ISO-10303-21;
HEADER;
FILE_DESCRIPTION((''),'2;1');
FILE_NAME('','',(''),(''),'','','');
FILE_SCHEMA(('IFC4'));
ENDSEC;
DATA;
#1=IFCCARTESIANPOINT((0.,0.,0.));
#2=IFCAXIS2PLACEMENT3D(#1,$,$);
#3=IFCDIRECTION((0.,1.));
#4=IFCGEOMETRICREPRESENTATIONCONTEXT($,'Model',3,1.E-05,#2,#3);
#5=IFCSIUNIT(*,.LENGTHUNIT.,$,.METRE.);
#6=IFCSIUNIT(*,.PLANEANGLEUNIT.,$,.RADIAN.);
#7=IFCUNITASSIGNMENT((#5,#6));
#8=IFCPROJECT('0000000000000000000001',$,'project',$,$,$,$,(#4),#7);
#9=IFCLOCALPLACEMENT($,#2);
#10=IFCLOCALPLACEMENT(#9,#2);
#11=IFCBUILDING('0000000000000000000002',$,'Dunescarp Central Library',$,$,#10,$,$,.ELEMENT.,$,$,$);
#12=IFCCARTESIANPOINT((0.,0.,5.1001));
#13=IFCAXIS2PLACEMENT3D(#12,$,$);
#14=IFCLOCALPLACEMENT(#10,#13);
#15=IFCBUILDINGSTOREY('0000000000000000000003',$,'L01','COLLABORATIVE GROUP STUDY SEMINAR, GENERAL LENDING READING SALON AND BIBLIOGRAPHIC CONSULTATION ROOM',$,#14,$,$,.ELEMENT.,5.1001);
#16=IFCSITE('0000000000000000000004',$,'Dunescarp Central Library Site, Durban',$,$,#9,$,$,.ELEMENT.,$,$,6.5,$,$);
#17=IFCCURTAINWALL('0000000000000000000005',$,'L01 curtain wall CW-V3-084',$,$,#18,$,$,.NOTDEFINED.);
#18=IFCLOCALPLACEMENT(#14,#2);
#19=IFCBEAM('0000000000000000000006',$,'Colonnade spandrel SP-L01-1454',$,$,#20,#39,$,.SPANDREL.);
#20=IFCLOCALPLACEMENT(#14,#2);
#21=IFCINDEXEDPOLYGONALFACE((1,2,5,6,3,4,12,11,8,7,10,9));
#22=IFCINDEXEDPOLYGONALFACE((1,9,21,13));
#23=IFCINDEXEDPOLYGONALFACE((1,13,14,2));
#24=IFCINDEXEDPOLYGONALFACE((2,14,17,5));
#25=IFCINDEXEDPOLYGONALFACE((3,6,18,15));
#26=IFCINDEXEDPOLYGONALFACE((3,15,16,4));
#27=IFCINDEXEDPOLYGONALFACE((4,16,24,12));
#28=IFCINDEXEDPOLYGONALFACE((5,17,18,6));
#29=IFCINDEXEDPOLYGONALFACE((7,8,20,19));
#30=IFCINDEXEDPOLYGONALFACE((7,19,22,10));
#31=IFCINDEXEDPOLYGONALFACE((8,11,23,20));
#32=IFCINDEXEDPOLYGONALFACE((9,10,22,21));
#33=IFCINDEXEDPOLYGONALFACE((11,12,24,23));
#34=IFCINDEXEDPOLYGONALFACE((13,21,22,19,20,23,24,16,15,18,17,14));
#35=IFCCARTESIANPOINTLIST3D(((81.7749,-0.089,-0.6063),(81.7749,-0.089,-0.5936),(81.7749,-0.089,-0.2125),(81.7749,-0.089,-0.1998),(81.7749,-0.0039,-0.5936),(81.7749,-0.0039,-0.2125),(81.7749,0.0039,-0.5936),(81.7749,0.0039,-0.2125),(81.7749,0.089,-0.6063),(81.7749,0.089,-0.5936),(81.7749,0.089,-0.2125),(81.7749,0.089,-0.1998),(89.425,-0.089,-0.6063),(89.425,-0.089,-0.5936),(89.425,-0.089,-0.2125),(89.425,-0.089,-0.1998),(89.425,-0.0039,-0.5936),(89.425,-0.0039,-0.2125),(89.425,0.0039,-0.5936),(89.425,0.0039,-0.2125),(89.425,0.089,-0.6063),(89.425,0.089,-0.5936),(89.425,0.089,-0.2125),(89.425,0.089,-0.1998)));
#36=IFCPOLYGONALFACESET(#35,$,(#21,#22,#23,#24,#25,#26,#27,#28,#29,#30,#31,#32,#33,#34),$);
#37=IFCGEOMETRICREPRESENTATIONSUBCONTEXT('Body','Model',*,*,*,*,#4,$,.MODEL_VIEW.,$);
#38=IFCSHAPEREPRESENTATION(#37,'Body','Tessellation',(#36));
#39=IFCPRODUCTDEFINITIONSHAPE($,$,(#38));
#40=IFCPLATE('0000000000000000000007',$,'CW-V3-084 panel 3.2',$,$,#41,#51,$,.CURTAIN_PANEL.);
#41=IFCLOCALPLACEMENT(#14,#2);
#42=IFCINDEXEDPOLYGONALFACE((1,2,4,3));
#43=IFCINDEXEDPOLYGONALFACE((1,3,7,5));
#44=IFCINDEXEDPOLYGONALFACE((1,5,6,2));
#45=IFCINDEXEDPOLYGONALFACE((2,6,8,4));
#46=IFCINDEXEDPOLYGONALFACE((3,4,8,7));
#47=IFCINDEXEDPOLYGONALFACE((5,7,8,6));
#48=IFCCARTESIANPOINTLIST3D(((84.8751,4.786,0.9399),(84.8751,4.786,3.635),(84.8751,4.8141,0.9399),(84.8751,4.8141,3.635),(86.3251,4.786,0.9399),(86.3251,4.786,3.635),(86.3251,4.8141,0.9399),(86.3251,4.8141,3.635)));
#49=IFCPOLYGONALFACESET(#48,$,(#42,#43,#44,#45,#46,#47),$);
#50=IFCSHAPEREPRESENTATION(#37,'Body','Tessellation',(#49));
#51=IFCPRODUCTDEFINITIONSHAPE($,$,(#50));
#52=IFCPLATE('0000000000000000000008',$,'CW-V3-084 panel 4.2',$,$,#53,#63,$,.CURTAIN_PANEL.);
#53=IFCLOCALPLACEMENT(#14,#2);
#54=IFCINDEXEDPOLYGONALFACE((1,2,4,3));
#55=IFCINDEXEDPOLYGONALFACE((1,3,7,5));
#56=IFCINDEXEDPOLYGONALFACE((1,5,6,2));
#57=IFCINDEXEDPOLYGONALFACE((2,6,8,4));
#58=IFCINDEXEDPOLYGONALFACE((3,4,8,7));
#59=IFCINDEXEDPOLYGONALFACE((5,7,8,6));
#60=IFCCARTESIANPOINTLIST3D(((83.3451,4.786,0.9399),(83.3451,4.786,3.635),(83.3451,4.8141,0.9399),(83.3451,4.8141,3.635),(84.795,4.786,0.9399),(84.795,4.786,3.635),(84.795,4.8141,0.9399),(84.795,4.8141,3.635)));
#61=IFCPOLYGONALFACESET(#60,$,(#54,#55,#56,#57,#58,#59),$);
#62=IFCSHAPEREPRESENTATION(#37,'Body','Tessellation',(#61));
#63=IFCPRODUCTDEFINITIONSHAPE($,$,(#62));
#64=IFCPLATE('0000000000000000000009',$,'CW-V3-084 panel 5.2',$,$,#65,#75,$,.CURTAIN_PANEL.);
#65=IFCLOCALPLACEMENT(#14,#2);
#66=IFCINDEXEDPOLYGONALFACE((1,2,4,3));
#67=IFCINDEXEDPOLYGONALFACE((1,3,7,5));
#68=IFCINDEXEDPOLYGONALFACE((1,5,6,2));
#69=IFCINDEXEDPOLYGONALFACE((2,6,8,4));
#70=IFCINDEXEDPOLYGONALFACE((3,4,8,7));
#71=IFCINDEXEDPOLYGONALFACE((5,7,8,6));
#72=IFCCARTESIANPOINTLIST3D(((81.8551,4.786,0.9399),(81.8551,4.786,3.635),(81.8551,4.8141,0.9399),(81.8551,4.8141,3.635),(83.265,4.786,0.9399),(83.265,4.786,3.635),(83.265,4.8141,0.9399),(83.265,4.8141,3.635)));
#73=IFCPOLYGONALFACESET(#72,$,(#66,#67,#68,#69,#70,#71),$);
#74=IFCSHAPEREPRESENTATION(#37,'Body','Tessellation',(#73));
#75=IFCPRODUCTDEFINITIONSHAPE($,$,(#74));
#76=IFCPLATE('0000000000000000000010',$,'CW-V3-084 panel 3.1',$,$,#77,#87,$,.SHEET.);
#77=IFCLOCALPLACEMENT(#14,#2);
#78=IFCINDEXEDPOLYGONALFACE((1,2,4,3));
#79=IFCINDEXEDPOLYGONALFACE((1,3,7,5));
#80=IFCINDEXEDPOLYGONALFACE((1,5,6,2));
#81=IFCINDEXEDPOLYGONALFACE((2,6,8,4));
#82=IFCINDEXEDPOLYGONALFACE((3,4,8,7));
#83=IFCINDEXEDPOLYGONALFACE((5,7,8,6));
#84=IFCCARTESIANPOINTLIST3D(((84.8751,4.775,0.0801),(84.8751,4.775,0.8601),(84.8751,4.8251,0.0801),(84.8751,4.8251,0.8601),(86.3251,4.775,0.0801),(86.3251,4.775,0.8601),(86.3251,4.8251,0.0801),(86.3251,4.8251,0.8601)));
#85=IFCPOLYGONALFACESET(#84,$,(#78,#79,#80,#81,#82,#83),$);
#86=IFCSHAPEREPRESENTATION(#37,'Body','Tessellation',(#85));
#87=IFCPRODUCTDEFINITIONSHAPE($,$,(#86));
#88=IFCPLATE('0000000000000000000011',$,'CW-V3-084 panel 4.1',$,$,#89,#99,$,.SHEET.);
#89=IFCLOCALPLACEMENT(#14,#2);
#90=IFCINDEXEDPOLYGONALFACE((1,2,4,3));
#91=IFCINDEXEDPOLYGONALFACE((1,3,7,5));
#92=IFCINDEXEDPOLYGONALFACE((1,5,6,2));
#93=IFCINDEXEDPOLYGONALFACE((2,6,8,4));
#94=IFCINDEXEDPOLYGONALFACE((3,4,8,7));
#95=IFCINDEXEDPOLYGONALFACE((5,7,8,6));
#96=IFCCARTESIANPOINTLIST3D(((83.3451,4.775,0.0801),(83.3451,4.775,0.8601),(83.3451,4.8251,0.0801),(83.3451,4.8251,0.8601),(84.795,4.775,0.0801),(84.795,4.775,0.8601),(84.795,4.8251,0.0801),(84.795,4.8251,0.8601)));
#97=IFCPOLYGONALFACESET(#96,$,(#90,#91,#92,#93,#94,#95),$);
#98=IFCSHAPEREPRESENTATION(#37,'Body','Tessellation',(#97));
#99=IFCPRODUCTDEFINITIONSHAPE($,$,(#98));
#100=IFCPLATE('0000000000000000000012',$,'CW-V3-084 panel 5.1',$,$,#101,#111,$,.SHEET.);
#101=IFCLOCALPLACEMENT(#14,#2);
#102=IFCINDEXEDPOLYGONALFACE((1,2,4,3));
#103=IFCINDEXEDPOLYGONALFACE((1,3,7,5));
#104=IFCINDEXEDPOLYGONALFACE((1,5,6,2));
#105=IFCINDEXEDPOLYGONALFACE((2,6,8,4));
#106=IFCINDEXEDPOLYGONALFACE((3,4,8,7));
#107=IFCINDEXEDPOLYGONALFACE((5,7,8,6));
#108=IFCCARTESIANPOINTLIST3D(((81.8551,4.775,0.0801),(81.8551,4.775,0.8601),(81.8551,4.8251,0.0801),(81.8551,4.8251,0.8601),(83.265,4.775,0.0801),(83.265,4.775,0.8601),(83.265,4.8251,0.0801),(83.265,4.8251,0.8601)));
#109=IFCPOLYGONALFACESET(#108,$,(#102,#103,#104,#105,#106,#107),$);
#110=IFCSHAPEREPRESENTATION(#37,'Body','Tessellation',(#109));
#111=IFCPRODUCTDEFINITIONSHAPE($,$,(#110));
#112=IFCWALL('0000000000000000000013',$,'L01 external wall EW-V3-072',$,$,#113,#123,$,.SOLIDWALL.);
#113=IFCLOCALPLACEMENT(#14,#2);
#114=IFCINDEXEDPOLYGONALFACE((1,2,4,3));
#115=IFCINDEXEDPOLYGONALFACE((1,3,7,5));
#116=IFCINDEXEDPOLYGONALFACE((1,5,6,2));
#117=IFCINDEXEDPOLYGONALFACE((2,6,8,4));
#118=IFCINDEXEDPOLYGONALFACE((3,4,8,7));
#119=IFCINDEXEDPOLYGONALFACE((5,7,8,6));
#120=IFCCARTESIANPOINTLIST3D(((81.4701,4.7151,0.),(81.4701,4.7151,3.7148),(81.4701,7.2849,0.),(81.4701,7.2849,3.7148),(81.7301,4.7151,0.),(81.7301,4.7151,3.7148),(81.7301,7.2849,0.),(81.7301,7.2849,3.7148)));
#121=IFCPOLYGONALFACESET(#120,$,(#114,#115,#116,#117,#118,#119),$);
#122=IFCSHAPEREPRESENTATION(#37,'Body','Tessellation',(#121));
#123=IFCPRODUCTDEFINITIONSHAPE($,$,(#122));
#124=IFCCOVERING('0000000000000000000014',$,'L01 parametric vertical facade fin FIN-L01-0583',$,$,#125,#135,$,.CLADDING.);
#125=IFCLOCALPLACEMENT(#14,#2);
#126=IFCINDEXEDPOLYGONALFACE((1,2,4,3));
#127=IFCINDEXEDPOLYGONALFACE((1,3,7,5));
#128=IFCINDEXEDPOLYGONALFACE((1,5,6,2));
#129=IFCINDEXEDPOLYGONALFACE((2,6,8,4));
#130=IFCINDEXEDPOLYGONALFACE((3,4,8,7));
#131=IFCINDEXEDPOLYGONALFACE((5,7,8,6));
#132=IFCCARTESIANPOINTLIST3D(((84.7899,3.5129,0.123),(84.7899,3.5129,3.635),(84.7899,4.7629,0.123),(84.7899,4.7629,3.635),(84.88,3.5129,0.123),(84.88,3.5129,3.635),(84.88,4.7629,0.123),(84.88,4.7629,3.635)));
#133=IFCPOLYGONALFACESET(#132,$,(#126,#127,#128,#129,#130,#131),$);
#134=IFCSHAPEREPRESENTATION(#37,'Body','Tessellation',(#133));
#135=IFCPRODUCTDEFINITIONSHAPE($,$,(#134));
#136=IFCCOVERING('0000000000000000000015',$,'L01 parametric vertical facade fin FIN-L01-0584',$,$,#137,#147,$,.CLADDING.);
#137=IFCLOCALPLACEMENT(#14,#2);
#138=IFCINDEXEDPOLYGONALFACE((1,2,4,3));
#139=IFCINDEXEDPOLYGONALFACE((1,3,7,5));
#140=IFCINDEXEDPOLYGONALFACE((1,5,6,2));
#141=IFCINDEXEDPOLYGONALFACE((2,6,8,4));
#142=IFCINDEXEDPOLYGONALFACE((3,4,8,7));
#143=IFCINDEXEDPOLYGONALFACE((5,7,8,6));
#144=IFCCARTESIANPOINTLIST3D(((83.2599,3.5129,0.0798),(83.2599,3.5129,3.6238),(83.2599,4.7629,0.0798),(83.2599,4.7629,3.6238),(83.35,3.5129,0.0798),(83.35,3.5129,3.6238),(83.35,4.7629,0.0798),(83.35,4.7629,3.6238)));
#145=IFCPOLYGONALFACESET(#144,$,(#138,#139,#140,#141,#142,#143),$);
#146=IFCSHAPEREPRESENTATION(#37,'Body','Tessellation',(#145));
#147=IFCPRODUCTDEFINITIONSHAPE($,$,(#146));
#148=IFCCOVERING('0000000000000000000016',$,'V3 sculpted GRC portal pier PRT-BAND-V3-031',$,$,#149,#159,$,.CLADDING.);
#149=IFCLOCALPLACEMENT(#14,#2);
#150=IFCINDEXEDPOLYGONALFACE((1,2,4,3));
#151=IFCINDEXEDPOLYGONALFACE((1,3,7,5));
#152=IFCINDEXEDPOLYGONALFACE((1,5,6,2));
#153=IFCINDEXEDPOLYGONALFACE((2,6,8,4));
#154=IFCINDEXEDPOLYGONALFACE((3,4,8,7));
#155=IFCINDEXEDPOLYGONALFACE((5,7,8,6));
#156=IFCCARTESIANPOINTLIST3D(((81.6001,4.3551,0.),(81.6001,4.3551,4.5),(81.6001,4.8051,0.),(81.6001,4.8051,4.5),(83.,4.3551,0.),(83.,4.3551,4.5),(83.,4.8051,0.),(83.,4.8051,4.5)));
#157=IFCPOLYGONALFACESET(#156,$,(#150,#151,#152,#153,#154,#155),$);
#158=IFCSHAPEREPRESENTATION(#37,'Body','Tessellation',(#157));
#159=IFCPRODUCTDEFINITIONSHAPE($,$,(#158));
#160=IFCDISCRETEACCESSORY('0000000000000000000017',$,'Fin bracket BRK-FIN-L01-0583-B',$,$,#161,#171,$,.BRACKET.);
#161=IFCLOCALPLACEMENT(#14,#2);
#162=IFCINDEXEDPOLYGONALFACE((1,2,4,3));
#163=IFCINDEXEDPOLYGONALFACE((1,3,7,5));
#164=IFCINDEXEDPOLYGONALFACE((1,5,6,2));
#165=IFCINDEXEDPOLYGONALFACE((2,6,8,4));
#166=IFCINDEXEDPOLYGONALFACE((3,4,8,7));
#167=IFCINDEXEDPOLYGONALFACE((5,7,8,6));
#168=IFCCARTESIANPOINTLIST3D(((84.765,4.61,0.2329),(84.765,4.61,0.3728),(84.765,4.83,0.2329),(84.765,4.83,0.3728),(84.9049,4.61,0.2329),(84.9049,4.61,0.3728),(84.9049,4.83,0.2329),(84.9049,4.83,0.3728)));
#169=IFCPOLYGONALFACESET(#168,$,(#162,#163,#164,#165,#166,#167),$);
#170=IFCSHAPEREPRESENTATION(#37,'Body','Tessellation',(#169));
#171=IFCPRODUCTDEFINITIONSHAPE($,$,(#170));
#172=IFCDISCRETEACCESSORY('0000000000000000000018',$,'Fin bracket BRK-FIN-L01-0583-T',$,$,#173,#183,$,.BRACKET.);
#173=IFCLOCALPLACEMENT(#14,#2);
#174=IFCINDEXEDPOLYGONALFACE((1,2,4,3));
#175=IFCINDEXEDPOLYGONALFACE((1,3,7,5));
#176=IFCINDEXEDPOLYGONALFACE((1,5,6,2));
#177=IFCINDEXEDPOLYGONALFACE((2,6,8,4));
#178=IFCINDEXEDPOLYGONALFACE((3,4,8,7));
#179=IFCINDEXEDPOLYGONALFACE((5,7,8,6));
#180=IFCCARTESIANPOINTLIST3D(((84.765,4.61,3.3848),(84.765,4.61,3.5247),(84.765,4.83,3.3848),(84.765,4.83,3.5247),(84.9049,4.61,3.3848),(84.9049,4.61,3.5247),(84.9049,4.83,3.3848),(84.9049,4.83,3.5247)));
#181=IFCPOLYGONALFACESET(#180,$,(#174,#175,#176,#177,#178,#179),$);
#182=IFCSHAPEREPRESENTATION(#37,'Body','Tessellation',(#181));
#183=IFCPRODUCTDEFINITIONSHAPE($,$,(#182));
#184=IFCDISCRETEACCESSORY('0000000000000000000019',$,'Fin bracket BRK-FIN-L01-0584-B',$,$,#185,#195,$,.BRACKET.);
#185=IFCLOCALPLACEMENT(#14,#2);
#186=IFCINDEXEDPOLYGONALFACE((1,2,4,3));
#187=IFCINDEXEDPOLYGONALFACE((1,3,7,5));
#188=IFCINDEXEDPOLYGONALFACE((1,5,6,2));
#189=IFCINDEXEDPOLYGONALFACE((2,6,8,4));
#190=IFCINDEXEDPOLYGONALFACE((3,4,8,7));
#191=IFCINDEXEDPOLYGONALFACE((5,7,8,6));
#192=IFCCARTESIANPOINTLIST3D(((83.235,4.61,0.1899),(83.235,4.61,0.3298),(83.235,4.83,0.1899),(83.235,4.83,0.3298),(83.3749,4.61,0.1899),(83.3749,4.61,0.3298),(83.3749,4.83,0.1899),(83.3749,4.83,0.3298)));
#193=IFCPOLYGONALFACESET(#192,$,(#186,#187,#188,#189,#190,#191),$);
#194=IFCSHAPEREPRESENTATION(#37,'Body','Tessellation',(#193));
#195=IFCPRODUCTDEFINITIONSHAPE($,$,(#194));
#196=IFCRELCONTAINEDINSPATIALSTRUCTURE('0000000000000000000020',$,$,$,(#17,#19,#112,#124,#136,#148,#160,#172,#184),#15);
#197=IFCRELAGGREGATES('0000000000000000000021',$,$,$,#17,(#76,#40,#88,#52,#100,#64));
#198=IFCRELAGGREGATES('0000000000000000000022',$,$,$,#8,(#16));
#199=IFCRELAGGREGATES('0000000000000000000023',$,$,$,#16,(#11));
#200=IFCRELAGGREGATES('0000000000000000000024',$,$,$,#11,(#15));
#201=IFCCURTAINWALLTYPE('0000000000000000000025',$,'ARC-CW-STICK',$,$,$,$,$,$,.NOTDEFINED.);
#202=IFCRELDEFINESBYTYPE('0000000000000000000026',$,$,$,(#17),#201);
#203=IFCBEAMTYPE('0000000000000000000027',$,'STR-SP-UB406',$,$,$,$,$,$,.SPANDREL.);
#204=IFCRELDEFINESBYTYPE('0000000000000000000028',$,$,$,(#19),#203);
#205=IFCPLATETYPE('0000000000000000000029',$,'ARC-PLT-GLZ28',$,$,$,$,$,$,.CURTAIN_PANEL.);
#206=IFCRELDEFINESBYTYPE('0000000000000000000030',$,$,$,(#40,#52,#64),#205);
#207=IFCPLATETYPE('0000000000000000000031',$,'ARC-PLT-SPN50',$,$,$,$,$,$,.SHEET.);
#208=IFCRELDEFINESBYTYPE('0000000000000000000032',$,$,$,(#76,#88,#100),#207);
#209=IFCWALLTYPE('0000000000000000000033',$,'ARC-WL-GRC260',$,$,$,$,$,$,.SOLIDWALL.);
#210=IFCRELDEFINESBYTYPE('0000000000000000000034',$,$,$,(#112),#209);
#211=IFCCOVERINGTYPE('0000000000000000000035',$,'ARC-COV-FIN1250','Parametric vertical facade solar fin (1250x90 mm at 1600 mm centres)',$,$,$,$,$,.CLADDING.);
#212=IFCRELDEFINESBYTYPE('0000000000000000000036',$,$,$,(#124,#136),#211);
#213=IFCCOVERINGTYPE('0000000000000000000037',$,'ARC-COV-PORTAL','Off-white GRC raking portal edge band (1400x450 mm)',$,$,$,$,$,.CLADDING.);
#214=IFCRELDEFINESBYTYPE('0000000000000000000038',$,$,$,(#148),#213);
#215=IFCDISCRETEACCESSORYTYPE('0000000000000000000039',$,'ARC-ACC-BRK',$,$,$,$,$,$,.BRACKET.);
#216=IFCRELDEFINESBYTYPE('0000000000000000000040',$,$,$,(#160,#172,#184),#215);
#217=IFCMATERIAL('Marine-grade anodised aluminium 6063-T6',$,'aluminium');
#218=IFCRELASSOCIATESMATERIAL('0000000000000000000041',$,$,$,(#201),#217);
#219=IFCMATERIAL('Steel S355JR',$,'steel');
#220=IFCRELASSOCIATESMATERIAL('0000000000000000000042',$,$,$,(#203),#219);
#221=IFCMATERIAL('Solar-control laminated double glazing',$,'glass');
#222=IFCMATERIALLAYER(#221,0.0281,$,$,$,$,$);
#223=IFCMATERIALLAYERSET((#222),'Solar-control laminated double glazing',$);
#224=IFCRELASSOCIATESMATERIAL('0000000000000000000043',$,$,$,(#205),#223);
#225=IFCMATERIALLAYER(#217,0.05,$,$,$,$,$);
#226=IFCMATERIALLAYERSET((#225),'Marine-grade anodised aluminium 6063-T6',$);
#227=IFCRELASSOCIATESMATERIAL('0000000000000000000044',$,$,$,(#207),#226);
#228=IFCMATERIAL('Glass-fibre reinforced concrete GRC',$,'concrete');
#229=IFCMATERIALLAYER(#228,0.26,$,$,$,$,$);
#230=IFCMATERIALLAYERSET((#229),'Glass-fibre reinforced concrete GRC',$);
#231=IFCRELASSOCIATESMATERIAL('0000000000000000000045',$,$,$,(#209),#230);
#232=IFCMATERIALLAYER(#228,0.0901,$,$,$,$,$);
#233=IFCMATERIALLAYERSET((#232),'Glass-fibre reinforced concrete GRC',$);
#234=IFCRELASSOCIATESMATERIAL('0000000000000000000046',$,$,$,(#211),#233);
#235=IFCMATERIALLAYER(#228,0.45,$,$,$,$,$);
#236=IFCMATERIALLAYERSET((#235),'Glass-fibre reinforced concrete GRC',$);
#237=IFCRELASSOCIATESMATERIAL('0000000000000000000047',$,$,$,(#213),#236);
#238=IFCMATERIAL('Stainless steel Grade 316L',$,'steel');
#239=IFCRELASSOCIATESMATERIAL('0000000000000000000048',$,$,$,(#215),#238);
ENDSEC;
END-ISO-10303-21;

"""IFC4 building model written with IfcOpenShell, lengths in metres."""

from ifc_helpers import new_model, si_unit, direction, frame, frame_2d, origin, origin_2d, place, context, subcontext, project, spatial, rectangle, i_section, extrude, material, layer, layer_set, material_profile, profile_set, type_object, element, aggregate, save


model = new_model("IFC4")

# Units and contexts
model_context = context("Model", 3, precision=1e-05, world=origin(), true_north=direction((0.0, 1.0)))
body_context = subcontext(model_context, "Body", "Model", "MODEL_VIEW")
ifc_project = project(units=[si_unit("LENGTHUNIT", "METRE"), si_unit("PLANEANGLEUNIT", "RADIAN")], contexts=[model_context])

# Site, building, storey
site_placement = place(None, origin())
site = spatial("IfcSite", under=ifc_project, at=site_placement, Name="Dunescarp Central Library Site, Durban", CompositionType="ELEMENT", RefElevation=6.5)
building_placement = place(site_placement, origin())
building = spatial("IfcBuilding", under=site, at=building_placement, Name="Dunescarp Central Library", CompositionType="ELEMENT")
storey_placement = place(building_placement, frame((0.0, 0.0, 5.1001)))
storey = spatial("IfcBuildingStorey", under=building, at=storey_placement, Name="L01", Description="COLLABORATIVE GROUP STUDY SEMINAR, GENERAL LENDING READING SALON AND BIBLIOGRAPHIC CONSULTATION ROOM", CompositionType="ELEMENT", Elevation=5.1001)

# Shared definitions
ifc_material_1 = material(Name="Steel S355JR", Category="steel")

# Curtain wall
ifc_material_2 = material(Name="Marine-grade anodised aluminium 6063-T6", Category="aluminium")
curtain_wall_type = type_object("IfcCurtainWallType", Name="ARC-CW-STICK", PredefinedType="NOTDEFINED", material=ifc_material_2)
curtain_wall_placement = place(storey_placement, origin())
curtain_wall = element("IfcCurtainWall", 1, at=curtain_wall_placement, inside=storey, type_object=curtain_wall_type, Name="L01 curtain wall CW-V3-084", PredefinedType="NOTDEFINED")

# Beam
ifc_material_profile_1 = material_profile(ifc_material_1, i_section(OverallWidth=0.178, OverallDepth=0.4065, WebThickness=0.0078, FlangeThickness=0.0127, at=origin_2d()), Name="UB 406x178x60")
ifc_profile_set_1 = profile_set([ifc_material_profile_1], Name="Steel S355JR")
beam_type_1 = type_object("IfcBeamType", Name="STR-SP-UB406", PredefinedType="SPANDREL", material=ifc_profile_set_1)
beam_1_placement = place(storey_placement, frame((81.7749, 0.0, -0.4031), z_axis=(1.0, 0.0, 0.0), x_axis=(0.0, 1.0, 0.0)))
element("IfcBeam", 2, at=beam_1_placement, inside=storey, type_object=beam_type_1, Name="Colonnade spandrel SP-L01-1454", PredefinedType="SPANDREL", context=body_context, shape_type="SweptSolid", body=[
    extrude(i_section(OverallWidth=0.178, OverallDepth=0.4065, WebThickness=0.0078, FlangeThickness=0.0127, at=origin_2d()), origin(), (0.0, 0.0, 1.0), 7.6501),
])

# Plates
ifc_material_3 = material(Name="Solar-control laminated double glazing", Category="glass")
ifc_layer_1 = layer(ifc_material_3, 0.0281)
ifc_layer_set_1 = layer_set([ifc_layer_1], Name="Solar-control laminated double glazing")
plate_type_1 = type_object("IfcPlateType", Name="ARC-PLT-GLZ28", PredefinedType="CURTAIN_PANEL", material=ifc_layer_set_1)
plate_1_placement = place(storey_placement, frame((85.6001, 4.8, 0.9399), z_axis=(0.0, 0.0, 1.0), x_axis=(-1.0, 0.0, 0.0)))
plate_1 = element("IfcPlate", 3, at=plate_1_placement, type_object=plate_type_1, Name="CW-V3-084 panel 3.2", PredefinedType="CURTAIN_PANEL", context=body_context, shape_type="SweptSolid", body=[
    extrude(rectangle(XDim=1.45, YDim=0.0281, at=origin_2d()), origin(), (0.0, 0.0, 1.0), 2.6951),
])
plate_2_placement = place(storey_placement, frame((84.0701, 4.8, 0.9399), z_axis=(0.0, 0.0, 1.0), x_axis=(-1.0, 0.0, 0.0)))
plate_2 = element("IfcPlate", 4, at=plate_2_placement, type_object=plate_type_1, Name="CW-V3-084 panel 4.2", PredefinedType="CURTAIN_PANEL", context=body_context, shape_type="SweptSolid", body=[
    extrude(rectangle(XDim=1.45, YDim=0.0281, at=origin_2d()), origin(), (0.0, 0.0, 1.0), 2.6951),
])
plate_3_placement = place(storey_placement, frame((82.5601, 4.8, 0.9399), z_axis=(0.0, 0.0, 1.0), x_axis=(-1.0, 0.0, 0.0)))
plate_3 = element("IfcPlate", 5, at=plate_3_placement, type_object=plate_type_1, Name="CW-V3-084 panel 5.2", PredefinedType="CURTAIN_PANEL", context=body_context, shape_type="SweptSolid", body=[
    extrude(rectangle(XDim=1.4099, YDim=0.0281, at=origin_2d()), origin(), (0.0, 0.0, 1.0), 2.6951),
])
ifc_layer_2 = layer(ifc_material_2, 0.05)
ifc_layer_set_2 = layer_set([ifc_layer_2], Name="Marine-grade anodised aluminium 6063-T6")
plate_type_2 = type_object("IfcPlateType", Name="ARC-PLT-SPN50", PredefinedType="SHEET", material=ifc_layer_set_2)
plate_4_placement = place(storey_placement, frame((85.6001, 4.8, 0.0801), z_axis=(0.0, 0.0, 1.0), x_axis=(-1.0, 0.0, 0.0)))
plate_4 = element("IfcPlate", 6, at=plate_4_placement, type_object=plate_type_2, Name="CW-V3-084 panel 3.1", PredefinedType="SHEET", context=body_context, shape_type="SweptSolid", body=[
    extrude(rectangle(XDim=1.45, YDim=0.05, at=origin_2d()), origin(), (0.0, 0.0, 1.0), 0.78),
])
plate_5_placement = place(storey_placement, frame((84.0701, 4.8, 0.0801), z_axis=(0.0, 0.0, 1.0), x_axis=(-1.0, 0.0, 0.0)))
plate_5 = element("IfcPlate", 7, at=plate_5_placement, type_object=plate_type_2, Name="CW-V3-084 panel 4.1", PredefinedType="SHEET", context=body_context, shape_type="SweptSolid", body=[
    extrude(rectangle(XDim=1.45, YDim=0.05, at=origin_2d()), origin(), (0.0, 0.0, 1.0), 0.78),
])
plate_6_placement = place(storey_placement, frame((82.5601, 4.8, 0.0801), z_axis=(0.0, 0.0, 1.0), x_axis=(-1.0, 0.0, 0.0)))
plate_6 = element("IfcPlate", 8, at=plate_6_placement, type_object=plate_type_2, Name="CW-V3-084 panel 5.1", PredefinedType="SHEET", context=body_context, shape_type="SweptSolid", body=[
    extrude(rectangle(XDim=1.4099, YDim=0.05, at=origin_2d()), origin(), (0.0, 0.0, 1.0), 0.78),
])
aggregate(curtain_wall, [plate_4, plate_1, plate_5, plate_2, plate_6, plate_3])

# Wall
ifc_material_4 = material(Name="Glass-fibre reinforced concrete GRC", Category="concrete")
ifc_layer_3 = layer(ifc_material_4, 0.26)
ifc_layer_set_3 = layer_set([ifc_layer_3], Name="Glass-fibre reinforced concrete GRC")
wall_type = type_object("IfcWallType", Name="ARC-WL-GRC260", PredefinedType="SOLIDWALL", material=ifc_layer_set_3)
wall_placement = place(storey_placement, frame((81.6001, 4.7151, 0.0), z_axis=(0.0, 0.0, 1.0), x_axis=(0.0, 1.0, 0.0)))
element("IfcWall", 9, at=wall_placement, inside=storey, type_object=wall_type, Name="L01 external wall EW-V3-072", PredefinedType="SOLIDWALL", context=body_context, shape_type="SweptSolid", body=[
    extrude(rectangle(XDim=2.5698, YDim=0.26, at=frame_2d((1.2849, 0.0))), origin(), (0.0, 0.0, 1.0), 3.7148),
])

# Coverings
ifc_layer_4 = layer(ifc_material_4, 0.0901)
ifc_layer_set_4 = layer_set([ifc_layer_4], Name="Glass-fibre reinforced concrete GRC")
covering_type_1 = type_object("IfcCoveringType", Name="ARC-COV-FIN1250", Description="Parametric vertical facade solar fin (1250x90 mm at 1600 mm centres)", PredefinedType="CLADDING", material=ifc_layer_set_4)
covering_1_placement = place(storey_placement, frame((84.835, 4.1379, 0.123), z_axis=(0.0, 0.0, 1.0), x_axis=(0.0, -1.0, 0.0)))
element("IfcCovering", 10, at=covering_1_placement, inside=storey, type_object=covering_type_1, Name="L01 parametric vertical facade fin FIN-L01-0583", PredefinedType="CLADDING", context=body_context, shape_type="SweptSolid", body=[
    extrude(rectangle(XDim=1.25, YDim=0.0901, at=origin_2d()), origin(), (0.0, 0.0, 1.0), 3.512),
])
covering_2_placement = place(storey_placement, frame((83.3049, 4.1379, 0.0798), z_axis=(0.0, 0.0, 1.0), x_axis=(0.0, -1.0, 0.0)))
element("IfcCovering", 11, at=covering_2_placement, inside=storey, type_object=covering_type_1, Name="L01 parametric vertical facade fin FIN-L01-0584", PredefinedType="CLADDING", context=body_context, shape_type="SweptSolid", body=[
    extrude(rectangle(XDim=1.25, YDim=0.0901, at=origin_2d()), origin(), (0.0, 0.0, 1.0), 3.5439),
])
ifc_layer_5 = layer(ifc_material_4, 0.45)
ifc_layer_set_5 = layer_set([ifc_layer_5], Name="Glass-fibre reinforced concrete GRC")
covering_type_2 = type_object("IfcCoveringType", Name="ARC-COV-PORTAL", Description="Off-white GRC raking portal edge band (1400x450 mm)", PredefinedType="CLADDING", material=ifc_layer_set_5)
covering_3_placement = place(storey_placement, frame((82.3, 4.5801, 0.0), z_axis=(0.0, 0.0, 1.0), x_axis=(1.0, 0.0, 0.0)))
element("IfcCovering", 12, at=covering_3_placement, inside=storey, type_object=covering_type_2, Name="V3 sculpted GRC portal pier PRT-BAND-V3-031", PredefinedType="CLADDING", context=body_context, shape_type="SweptSolid", body=[
    extrude(rectangle(XDim=1.3999, YDim=0.45, at=origin_2d()), origin(), (0.0, 0.0, 1.0), 4.5),
])

# Discrete accessories
ifc_material_5 = material(Name="Stainless steel Grade 316L", Category="steel")
discrete_accessory_type = type_object("IfcDiscreteAccessoryType", Name="ARC-ACC-BRK", PredefinedType="BRACKET", material=ifc_material_5)
for number, where, z_axis, x_axis, name in (
    (13, (84.835, 4.72, 0.2329), (0.0, 0.0, 1.0), (0.0, -1.0, 0.0), "Fin bracket BRK-FIN-L01-0583-B"),
    (14, (84.835, 4.72, 3.3848), (0.0, 0.0, 1.0), (0.0, -1.0, 0.0), "Fin bracket BRK-FIN-L01-0583-T"),
    (15, (83.3049, 4.72, 0.1899), (0.0, 0.0, 1.0), (0.0, -1.0, 0.0), "Fin bracket BRK-FIN-L01-0584-B"),
):
    element("IfcDiscreteAccessory", number, at=place(storey_placement, frame(where, z_axis=z_axis, x_axis=x_axis)), inside=storey, type_object=discrete_accessory_type, Name=name, PredefinedType="BRACKET", context=body_context, shape_type="SweptSolid", body=[
        extrude(rectangle(XDim=0.22, YDim=0.1399, at=origin_2d()), origin(), (0.0, 0.0, 1.0), 0.1399),
    ])

save(model, "model.ifc")
